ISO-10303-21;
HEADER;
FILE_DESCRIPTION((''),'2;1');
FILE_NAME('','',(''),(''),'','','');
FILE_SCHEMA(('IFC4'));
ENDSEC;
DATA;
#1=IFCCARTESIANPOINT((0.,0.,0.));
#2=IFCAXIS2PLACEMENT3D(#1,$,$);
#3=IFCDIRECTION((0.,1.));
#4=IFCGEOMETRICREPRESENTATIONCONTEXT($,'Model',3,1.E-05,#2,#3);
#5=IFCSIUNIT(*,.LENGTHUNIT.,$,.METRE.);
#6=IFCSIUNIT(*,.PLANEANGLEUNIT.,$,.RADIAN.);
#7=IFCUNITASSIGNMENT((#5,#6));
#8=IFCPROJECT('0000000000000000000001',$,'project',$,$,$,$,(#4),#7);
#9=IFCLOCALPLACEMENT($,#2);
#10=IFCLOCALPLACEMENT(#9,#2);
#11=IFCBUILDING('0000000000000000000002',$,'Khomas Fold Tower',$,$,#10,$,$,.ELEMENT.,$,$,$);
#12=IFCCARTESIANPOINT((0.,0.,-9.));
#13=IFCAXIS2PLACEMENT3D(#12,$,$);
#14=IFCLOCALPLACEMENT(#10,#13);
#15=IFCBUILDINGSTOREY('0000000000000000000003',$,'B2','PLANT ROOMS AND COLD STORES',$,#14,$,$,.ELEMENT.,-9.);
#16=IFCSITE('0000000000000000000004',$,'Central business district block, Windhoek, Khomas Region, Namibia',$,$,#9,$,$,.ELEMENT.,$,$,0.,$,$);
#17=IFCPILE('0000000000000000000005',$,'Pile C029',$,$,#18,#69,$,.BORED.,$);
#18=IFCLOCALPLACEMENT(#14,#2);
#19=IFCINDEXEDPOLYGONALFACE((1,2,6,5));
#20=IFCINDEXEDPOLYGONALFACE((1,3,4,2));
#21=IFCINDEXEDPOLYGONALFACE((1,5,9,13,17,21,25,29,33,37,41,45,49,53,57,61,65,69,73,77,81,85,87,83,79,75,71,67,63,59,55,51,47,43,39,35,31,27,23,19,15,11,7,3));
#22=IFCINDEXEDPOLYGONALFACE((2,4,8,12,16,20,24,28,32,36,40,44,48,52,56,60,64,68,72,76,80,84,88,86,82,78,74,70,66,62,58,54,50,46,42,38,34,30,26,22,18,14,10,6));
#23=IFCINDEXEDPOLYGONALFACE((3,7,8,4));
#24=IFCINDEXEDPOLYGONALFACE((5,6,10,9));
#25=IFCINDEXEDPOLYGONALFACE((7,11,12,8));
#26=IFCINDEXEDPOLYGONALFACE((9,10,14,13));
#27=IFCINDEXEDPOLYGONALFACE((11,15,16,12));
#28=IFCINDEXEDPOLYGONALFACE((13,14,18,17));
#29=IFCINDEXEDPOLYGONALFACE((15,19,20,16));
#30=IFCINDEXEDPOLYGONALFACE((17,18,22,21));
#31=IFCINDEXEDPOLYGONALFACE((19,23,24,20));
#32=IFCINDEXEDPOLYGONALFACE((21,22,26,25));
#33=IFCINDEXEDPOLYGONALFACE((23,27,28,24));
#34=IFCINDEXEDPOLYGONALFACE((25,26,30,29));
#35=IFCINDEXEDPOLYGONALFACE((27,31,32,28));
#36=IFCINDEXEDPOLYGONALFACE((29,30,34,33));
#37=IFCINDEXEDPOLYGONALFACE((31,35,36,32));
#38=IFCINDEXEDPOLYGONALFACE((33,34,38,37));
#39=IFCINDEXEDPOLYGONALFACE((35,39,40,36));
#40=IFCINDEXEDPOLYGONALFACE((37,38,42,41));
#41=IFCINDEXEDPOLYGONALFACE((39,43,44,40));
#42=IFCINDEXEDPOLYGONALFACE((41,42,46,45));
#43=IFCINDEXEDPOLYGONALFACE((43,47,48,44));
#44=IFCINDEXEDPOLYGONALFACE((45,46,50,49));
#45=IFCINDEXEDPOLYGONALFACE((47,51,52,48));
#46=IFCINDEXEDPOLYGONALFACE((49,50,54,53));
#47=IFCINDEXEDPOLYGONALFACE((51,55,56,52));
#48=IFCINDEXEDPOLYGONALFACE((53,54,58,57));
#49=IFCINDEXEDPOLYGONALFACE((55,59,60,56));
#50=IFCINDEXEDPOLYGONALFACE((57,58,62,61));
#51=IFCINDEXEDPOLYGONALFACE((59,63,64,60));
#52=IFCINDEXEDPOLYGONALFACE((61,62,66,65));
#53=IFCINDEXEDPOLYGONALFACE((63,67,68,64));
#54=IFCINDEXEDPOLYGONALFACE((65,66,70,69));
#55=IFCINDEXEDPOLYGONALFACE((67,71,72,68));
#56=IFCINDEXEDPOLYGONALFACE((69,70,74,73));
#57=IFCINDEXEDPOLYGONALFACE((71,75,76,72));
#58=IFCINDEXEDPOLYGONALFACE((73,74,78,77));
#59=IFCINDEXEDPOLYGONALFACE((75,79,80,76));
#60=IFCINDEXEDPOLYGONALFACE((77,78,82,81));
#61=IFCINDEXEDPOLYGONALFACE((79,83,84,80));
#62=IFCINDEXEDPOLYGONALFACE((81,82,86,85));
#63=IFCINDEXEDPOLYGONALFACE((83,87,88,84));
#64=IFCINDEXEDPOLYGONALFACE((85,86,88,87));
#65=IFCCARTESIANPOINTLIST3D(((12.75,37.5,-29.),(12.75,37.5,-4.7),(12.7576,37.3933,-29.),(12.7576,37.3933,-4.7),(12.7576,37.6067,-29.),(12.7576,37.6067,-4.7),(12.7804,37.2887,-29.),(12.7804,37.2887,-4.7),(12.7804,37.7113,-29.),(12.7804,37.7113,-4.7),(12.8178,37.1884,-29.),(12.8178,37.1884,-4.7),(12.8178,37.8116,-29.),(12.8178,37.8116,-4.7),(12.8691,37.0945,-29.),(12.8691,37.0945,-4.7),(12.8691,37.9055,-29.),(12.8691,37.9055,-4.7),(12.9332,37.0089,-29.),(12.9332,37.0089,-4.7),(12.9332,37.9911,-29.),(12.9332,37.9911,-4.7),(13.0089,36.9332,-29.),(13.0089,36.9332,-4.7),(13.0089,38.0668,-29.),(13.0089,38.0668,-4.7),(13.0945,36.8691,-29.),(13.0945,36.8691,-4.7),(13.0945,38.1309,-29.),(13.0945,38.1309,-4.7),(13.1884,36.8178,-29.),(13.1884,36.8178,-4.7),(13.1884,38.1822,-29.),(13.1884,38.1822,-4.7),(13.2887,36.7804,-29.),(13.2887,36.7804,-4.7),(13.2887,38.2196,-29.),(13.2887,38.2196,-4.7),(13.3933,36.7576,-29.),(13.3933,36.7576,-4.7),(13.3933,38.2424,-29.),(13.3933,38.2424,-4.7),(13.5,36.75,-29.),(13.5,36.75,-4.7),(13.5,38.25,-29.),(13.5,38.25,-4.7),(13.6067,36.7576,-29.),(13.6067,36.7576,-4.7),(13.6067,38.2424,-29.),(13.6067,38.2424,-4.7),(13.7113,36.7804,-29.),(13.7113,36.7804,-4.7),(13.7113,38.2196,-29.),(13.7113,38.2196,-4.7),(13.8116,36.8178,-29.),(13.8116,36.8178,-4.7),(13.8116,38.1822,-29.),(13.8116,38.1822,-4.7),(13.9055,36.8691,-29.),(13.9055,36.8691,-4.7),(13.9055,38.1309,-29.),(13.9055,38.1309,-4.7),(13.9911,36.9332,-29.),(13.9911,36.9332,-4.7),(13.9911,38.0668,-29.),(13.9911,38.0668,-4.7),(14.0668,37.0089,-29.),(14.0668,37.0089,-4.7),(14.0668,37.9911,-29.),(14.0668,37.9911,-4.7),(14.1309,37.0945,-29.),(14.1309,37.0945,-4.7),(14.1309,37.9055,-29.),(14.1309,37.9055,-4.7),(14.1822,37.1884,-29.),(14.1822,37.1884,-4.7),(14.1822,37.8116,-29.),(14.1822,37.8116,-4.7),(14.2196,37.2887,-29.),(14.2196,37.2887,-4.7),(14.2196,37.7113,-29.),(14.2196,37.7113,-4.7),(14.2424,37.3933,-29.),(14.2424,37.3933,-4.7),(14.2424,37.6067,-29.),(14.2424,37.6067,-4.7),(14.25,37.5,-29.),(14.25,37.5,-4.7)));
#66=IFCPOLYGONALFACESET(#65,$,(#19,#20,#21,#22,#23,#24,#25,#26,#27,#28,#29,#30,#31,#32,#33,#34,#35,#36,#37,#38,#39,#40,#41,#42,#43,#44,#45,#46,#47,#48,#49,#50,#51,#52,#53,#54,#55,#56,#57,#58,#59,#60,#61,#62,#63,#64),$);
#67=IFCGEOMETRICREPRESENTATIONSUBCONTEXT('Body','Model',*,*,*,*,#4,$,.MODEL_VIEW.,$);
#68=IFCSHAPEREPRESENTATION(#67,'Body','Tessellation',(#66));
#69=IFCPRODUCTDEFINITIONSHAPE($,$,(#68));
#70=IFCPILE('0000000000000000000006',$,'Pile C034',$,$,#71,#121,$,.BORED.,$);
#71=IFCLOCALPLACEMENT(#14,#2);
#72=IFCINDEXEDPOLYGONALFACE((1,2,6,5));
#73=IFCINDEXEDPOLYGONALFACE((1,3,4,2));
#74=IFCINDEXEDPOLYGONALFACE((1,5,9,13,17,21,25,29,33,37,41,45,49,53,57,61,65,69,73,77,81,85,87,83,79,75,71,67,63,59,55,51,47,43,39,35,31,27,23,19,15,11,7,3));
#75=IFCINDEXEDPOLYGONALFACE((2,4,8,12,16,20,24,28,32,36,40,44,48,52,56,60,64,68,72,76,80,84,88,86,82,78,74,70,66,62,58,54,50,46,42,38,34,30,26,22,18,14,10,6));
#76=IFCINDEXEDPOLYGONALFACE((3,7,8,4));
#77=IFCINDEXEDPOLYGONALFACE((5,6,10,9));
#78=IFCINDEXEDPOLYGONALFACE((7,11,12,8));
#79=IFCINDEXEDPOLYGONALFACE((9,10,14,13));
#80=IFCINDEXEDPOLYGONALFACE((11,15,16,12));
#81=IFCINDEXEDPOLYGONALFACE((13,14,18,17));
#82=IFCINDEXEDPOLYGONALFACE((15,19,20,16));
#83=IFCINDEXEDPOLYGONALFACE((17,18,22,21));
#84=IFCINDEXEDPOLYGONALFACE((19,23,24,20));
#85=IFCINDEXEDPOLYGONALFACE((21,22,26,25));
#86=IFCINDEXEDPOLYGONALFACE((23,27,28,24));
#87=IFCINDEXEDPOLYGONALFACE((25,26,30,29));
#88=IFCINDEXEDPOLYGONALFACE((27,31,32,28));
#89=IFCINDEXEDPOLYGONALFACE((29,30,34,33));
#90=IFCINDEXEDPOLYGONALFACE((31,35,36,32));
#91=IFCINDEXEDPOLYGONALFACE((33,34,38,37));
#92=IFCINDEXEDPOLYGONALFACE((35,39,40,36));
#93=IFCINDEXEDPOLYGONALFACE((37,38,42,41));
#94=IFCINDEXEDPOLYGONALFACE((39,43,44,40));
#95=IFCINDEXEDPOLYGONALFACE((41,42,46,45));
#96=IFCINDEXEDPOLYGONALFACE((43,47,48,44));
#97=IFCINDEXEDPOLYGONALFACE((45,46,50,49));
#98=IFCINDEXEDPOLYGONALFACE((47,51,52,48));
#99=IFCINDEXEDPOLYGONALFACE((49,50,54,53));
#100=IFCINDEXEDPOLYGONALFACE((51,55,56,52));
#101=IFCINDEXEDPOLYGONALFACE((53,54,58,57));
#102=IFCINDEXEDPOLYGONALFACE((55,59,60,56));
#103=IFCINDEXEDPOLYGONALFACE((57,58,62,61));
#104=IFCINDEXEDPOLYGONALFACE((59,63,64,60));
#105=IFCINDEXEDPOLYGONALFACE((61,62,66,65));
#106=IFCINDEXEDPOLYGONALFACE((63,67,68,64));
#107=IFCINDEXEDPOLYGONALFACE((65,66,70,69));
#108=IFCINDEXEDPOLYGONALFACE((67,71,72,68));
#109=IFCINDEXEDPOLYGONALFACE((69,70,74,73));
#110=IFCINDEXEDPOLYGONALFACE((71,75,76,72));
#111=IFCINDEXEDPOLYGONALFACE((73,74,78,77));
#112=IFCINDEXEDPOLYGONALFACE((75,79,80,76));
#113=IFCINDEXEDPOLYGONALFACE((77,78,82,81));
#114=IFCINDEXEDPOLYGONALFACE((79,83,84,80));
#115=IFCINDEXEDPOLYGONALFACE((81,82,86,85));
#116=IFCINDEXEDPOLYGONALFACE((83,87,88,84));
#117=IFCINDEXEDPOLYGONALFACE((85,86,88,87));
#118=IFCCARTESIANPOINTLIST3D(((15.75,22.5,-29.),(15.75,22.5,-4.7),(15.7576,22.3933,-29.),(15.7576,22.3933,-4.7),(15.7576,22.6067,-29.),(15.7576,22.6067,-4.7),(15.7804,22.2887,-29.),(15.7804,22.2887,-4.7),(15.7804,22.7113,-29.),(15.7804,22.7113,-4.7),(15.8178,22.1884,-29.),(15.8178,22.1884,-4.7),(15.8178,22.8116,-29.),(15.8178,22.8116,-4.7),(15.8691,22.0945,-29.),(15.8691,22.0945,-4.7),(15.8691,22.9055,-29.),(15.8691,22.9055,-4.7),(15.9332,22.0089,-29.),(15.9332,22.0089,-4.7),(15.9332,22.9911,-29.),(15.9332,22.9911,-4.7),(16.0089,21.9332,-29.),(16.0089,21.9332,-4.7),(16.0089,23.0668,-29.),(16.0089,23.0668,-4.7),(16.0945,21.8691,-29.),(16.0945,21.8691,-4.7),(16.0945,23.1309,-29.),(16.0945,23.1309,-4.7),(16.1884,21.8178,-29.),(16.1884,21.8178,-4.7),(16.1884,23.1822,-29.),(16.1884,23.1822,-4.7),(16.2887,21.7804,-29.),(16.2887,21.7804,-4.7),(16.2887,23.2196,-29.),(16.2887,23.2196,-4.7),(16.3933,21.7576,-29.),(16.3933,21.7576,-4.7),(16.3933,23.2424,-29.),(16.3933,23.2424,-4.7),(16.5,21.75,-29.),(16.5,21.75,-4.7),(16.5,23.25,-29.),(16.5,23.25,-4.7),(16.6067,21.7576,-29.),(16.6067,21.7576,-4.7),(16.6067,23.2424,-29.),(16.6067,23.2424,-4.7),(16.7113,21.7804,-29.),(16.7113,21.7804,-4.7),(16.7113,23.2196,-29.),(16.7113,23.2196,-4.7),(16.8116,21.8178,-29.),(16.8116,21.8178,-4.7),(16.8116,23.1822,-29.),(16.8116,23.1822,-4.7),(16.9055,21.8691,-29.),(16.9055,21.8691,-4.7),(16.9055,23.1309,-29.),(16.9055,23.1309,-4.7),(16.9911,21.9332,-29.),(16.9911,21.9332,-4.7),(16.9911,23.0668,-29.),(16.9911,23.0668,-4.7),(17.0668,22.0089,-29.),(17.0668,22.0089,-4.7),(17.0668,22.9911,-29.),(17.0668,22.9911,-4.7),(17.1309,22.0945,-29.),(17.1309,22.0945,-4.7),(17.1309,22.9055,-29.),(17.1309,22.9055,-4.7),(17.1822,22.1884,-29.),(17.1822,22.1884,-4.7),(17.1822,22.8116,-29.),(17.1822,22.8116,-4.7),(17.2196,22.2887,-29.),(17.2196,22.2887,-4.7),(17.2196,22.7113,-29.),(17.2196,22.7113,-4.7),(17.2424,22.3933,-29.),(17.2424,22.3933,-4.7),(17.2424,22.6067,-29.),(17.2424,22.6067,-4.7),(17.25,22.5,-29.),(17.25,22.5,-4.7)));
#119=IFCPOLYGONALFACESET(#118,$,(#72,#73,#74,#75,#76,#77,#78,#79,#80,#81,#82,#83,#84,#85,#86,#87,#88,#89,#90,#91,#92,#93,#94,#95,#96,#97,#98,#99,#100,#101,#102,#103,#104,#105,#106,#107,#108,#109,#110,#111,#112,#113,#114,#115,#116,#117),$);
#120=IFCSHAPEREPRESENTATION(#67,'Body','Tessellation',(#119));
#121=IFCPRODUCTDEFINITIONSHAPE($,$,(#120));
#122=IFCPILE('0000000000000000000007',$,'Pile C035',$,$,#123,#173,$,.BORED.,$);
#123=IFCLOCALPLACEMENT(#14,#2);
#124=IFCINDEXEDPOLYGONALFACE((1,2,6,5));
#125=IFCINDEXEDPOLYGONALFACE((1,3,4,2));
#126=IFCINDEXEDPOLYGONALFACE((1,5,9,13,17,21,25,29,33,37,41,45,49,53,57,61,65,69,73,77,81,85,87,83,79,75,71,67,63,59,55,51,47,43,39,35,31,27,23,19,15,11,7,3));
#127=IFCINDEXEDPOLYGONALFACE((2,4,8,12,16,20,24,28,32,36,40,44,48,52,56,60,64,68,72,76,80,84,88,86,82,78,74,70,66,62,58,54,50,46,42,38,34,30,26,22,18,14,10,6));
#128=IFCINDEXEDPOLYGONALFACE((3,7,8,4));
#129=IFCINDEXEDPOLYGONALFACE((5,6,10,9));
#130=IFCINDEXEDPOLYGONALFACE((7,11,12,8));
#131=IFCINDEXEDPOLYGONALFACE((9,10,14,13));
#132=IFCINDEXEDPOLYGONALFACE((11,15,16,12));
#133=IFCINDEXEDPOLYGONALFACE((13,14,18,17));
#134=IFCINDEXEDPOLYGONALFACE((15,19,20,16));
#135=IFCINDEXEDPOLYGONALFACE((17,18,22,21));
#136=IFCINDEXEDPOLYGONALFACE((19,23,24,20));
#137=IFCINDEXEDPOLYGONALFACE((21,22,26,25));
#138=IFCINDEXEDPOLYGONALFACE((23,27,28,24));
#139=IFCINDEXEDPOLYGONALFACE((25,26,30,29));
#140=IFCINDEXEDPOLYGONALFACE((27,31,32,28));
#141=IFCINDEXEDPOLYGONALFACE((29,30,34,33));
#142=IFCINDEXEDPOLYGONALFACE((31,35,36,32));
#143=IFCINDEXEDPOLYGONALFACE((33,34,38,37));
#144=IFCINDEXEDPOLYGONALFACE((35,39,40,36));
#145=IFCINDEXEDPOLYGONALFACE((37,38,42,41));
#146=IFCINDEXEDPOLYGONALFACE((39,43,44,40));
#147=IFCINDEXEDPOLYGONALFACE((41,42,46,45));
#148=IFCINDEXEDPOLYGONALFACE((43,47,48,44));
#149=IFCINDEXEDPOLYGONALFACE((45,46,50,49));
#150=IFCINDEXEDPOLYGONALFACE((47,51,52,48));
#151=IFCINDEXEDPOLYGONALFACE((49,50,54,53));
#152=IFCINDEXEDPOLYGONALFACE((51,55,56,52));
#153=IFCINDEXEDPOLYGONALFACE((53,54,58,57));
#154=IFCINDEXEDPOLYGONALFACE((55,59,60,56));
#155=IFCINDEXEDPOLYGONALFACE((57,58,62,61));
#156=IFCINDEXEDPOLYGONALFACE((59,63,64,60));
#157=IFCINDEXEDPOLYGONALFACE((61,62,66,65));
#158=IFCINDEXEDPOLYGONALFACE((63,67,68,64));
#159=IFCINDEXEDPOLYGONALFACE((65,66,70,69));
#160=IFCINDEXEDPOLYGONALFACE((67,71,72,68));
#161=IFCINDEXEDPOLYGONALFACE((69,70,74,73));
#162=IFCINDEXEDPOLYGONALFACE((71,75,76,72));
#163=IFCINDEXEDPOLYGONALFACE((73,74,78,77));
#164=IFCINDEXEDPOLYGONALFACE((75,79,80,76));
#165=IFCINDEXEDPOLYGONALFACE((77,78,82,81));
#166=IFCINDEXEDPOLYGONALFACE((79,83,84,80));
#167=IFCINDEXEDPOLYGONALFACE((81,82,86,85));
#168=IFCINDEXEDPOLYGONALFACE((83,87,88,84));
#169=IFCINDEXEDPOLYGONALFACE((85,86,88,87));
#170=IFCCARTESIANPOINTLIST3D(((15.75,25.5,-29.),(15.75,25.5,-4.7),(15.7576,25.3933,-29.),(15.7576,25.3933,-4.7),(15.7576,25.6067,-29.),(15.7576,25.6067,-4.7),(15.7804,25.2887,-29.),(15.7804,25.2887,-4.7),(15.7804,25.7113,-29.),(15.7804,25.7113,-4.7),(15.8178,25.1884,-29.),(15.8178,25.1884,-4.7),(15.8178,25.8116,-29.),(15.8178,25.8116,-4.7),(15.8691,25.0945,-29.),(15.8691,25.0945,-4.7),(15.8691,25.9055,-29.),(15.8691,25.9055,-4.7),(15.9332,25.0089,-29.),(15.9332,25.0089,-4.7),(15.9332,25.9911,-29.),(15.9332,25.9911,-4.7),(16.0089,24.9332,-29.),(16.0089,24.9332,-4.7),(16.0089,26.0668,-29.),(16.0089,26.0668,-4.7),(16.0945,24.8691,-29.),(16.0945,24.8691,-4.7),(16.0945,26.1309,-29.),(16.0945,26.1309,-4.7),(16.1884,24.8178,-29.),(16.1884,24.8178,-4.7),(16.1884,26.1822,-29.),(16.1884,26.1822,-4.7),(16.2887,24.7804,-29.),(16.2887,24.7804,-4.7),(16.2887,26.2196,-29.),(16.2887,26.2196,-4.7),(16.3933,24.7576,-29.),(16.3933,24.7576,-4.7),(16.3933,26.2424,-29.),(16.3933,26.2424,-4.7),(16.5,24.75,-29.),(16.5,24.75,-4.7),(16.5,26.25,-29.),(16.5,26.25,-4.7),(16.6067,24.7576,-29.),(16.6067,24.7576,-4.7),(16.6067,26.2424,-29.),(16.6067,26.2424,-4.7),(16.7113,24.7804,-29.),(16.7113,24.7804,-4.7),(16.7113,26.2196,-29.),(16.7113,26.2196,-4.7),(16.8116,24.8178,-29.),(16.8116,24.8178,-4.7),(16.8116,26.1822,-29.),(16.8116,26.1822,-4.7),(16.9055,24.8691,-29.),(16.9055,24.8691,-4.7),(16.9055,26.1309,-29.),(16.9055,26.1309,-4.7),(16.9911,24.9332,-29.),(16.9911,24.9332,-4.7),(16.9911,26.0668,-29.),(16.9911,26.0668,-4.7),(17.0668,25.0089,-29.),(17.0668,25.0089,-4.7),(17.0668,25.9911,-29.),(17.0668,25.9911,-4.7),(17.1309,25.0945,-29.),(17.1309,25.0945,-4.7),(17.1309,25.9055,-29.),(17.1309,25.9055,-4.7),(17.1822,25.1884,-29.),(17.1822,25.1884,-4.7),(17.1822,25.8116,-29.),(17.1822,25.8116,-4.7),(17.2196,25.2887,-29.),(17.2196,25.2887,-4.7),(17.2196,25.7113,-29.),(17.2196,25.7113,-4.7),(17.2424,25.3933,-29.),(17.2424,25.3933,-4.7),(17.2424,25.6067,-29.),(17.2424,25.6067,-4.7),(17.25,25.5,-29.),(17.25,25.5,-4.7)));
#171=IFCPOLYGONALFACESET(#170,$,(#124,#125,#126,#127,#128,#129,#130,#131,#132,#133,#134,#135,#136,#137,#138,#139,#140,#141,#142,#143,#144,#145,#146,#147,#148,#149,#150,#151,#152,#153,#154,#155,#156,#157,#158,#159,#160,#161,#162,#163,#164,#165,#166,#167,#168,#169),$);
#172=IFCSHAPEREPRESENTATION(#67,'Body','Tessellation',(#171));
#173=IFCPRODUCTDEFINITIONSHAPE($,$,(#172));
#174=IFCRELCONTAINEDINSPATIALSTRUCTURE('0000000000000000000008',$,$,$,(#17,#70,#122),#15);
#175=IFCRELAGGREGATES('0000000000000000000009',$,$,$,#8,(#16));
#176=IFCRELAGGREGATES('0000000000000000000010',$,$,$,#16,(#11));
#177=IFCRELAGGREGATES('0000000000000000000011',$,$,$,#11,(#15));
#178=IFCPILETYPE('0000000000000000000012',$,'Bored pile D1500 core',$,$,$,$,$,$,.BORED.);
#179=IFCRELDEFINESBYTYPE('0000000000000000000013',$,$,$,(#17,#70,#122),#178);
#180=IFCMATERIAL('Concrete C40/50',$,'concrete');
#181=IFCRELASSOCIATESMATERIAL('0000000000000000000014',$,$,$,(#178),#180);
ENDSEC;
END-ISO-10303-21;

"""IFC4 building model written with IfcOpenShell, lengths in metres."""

from ifc_helpers import new_model, si_unit, direction, frame, origin, origin_2d, place, context, subcontext, project, spatial, circle, extrude, source, transform, mapped, material, material_profile, profile_set, type_object, element, save


model = new_model("IFC4")

# Units and contexts
model_context = context("Model", 3, precision=1e-05, world=origin(), true_north=direction((0.0, 1.0)))
body_context = subcontext(model_context, "Body", "Model", "MODEL_VIEW")
ifc_project = project(units=[si_unit("LENGTHUNIT", "METRE"), si_unit("PLANEANGLEUNIT", "RADIAN")], contexts=[model_context])

# Site, building, storey
site_placement = place(None, origin())
site = spatial("IfcSite", under=ifc_project, at=site_placement, Name="Central business district block, Windhoek, Khomas Region, Namibia", CompositionType="ELEMENT", RefElevation=0.0)
building_placement = place(site_placement, origin())
building = spatial("IfcBuilding", under=site, at=building_placement, Name="Khomas Fold Tower", CompositionType="ELEMENT")
storey_placement = place(building_placement, frame((0.0, 0.0, -9.0)))
storey = spatial("IfcBuildingStorey", under=building, at=storey_placement, Name="B2", Description="PLANT ROOMS AND COLD STORES", CompositionType="ELEMENT", Elevation=-9.0)

# Piles
ifc_material_1 = material(Name="Concrete C40/50", Category="concrete")
ifc_material_profile = material_profile(ifc_material_1, circle(Radius=0.75, at=origin_2d()), Name="PILE D1500")
ifc_profile_set = profile_set([ifc_material_profile], Name="Concrete C40/50")
pile_type = type_object("IfcPileType", Name="Bored pile D1500 core", PredefinedType="BORED", material=ifc_profile_set)
shared_shape_1 = source(origin(), body_context, "Body", "SweptSolid", [
    extrude(circle(Radius=0.75, at=origin_2d()), origin(), (0.0, 0.0, 1.0), 24.3),
])
for number, where, z_axis, x_axis, name in (
    (1, (13.5, 37.5, -4.7), (0.0, 0.0, -1.0), (1.0, 0.0, 0.0), "Pile C029"),
    (2, (16.5, 22.5, -4.7), (0.0, 0.0, -1.0), (1.0, 0.0, 0.0), "Pile C034"),
    (3, (16.5, 25.5, -4.7), (0.0, 0.0, -1.0), (1.0, 0.0, 0.0), "Pile C035"),
):
    element("IfcPile", number, at=place(storey_placement, frame(where, z_axis=z_axis, x_axis=x_axis)), inside=storey, type_object=pile_type, Name=name, PredefinedType="BORED", context=body_context, shape_type="MappedRepresentation", body=[
        mapped(shared_shape_1, transform((0.0, 0.0, 0.0))),
    ])

save(model, "model.ifc")
